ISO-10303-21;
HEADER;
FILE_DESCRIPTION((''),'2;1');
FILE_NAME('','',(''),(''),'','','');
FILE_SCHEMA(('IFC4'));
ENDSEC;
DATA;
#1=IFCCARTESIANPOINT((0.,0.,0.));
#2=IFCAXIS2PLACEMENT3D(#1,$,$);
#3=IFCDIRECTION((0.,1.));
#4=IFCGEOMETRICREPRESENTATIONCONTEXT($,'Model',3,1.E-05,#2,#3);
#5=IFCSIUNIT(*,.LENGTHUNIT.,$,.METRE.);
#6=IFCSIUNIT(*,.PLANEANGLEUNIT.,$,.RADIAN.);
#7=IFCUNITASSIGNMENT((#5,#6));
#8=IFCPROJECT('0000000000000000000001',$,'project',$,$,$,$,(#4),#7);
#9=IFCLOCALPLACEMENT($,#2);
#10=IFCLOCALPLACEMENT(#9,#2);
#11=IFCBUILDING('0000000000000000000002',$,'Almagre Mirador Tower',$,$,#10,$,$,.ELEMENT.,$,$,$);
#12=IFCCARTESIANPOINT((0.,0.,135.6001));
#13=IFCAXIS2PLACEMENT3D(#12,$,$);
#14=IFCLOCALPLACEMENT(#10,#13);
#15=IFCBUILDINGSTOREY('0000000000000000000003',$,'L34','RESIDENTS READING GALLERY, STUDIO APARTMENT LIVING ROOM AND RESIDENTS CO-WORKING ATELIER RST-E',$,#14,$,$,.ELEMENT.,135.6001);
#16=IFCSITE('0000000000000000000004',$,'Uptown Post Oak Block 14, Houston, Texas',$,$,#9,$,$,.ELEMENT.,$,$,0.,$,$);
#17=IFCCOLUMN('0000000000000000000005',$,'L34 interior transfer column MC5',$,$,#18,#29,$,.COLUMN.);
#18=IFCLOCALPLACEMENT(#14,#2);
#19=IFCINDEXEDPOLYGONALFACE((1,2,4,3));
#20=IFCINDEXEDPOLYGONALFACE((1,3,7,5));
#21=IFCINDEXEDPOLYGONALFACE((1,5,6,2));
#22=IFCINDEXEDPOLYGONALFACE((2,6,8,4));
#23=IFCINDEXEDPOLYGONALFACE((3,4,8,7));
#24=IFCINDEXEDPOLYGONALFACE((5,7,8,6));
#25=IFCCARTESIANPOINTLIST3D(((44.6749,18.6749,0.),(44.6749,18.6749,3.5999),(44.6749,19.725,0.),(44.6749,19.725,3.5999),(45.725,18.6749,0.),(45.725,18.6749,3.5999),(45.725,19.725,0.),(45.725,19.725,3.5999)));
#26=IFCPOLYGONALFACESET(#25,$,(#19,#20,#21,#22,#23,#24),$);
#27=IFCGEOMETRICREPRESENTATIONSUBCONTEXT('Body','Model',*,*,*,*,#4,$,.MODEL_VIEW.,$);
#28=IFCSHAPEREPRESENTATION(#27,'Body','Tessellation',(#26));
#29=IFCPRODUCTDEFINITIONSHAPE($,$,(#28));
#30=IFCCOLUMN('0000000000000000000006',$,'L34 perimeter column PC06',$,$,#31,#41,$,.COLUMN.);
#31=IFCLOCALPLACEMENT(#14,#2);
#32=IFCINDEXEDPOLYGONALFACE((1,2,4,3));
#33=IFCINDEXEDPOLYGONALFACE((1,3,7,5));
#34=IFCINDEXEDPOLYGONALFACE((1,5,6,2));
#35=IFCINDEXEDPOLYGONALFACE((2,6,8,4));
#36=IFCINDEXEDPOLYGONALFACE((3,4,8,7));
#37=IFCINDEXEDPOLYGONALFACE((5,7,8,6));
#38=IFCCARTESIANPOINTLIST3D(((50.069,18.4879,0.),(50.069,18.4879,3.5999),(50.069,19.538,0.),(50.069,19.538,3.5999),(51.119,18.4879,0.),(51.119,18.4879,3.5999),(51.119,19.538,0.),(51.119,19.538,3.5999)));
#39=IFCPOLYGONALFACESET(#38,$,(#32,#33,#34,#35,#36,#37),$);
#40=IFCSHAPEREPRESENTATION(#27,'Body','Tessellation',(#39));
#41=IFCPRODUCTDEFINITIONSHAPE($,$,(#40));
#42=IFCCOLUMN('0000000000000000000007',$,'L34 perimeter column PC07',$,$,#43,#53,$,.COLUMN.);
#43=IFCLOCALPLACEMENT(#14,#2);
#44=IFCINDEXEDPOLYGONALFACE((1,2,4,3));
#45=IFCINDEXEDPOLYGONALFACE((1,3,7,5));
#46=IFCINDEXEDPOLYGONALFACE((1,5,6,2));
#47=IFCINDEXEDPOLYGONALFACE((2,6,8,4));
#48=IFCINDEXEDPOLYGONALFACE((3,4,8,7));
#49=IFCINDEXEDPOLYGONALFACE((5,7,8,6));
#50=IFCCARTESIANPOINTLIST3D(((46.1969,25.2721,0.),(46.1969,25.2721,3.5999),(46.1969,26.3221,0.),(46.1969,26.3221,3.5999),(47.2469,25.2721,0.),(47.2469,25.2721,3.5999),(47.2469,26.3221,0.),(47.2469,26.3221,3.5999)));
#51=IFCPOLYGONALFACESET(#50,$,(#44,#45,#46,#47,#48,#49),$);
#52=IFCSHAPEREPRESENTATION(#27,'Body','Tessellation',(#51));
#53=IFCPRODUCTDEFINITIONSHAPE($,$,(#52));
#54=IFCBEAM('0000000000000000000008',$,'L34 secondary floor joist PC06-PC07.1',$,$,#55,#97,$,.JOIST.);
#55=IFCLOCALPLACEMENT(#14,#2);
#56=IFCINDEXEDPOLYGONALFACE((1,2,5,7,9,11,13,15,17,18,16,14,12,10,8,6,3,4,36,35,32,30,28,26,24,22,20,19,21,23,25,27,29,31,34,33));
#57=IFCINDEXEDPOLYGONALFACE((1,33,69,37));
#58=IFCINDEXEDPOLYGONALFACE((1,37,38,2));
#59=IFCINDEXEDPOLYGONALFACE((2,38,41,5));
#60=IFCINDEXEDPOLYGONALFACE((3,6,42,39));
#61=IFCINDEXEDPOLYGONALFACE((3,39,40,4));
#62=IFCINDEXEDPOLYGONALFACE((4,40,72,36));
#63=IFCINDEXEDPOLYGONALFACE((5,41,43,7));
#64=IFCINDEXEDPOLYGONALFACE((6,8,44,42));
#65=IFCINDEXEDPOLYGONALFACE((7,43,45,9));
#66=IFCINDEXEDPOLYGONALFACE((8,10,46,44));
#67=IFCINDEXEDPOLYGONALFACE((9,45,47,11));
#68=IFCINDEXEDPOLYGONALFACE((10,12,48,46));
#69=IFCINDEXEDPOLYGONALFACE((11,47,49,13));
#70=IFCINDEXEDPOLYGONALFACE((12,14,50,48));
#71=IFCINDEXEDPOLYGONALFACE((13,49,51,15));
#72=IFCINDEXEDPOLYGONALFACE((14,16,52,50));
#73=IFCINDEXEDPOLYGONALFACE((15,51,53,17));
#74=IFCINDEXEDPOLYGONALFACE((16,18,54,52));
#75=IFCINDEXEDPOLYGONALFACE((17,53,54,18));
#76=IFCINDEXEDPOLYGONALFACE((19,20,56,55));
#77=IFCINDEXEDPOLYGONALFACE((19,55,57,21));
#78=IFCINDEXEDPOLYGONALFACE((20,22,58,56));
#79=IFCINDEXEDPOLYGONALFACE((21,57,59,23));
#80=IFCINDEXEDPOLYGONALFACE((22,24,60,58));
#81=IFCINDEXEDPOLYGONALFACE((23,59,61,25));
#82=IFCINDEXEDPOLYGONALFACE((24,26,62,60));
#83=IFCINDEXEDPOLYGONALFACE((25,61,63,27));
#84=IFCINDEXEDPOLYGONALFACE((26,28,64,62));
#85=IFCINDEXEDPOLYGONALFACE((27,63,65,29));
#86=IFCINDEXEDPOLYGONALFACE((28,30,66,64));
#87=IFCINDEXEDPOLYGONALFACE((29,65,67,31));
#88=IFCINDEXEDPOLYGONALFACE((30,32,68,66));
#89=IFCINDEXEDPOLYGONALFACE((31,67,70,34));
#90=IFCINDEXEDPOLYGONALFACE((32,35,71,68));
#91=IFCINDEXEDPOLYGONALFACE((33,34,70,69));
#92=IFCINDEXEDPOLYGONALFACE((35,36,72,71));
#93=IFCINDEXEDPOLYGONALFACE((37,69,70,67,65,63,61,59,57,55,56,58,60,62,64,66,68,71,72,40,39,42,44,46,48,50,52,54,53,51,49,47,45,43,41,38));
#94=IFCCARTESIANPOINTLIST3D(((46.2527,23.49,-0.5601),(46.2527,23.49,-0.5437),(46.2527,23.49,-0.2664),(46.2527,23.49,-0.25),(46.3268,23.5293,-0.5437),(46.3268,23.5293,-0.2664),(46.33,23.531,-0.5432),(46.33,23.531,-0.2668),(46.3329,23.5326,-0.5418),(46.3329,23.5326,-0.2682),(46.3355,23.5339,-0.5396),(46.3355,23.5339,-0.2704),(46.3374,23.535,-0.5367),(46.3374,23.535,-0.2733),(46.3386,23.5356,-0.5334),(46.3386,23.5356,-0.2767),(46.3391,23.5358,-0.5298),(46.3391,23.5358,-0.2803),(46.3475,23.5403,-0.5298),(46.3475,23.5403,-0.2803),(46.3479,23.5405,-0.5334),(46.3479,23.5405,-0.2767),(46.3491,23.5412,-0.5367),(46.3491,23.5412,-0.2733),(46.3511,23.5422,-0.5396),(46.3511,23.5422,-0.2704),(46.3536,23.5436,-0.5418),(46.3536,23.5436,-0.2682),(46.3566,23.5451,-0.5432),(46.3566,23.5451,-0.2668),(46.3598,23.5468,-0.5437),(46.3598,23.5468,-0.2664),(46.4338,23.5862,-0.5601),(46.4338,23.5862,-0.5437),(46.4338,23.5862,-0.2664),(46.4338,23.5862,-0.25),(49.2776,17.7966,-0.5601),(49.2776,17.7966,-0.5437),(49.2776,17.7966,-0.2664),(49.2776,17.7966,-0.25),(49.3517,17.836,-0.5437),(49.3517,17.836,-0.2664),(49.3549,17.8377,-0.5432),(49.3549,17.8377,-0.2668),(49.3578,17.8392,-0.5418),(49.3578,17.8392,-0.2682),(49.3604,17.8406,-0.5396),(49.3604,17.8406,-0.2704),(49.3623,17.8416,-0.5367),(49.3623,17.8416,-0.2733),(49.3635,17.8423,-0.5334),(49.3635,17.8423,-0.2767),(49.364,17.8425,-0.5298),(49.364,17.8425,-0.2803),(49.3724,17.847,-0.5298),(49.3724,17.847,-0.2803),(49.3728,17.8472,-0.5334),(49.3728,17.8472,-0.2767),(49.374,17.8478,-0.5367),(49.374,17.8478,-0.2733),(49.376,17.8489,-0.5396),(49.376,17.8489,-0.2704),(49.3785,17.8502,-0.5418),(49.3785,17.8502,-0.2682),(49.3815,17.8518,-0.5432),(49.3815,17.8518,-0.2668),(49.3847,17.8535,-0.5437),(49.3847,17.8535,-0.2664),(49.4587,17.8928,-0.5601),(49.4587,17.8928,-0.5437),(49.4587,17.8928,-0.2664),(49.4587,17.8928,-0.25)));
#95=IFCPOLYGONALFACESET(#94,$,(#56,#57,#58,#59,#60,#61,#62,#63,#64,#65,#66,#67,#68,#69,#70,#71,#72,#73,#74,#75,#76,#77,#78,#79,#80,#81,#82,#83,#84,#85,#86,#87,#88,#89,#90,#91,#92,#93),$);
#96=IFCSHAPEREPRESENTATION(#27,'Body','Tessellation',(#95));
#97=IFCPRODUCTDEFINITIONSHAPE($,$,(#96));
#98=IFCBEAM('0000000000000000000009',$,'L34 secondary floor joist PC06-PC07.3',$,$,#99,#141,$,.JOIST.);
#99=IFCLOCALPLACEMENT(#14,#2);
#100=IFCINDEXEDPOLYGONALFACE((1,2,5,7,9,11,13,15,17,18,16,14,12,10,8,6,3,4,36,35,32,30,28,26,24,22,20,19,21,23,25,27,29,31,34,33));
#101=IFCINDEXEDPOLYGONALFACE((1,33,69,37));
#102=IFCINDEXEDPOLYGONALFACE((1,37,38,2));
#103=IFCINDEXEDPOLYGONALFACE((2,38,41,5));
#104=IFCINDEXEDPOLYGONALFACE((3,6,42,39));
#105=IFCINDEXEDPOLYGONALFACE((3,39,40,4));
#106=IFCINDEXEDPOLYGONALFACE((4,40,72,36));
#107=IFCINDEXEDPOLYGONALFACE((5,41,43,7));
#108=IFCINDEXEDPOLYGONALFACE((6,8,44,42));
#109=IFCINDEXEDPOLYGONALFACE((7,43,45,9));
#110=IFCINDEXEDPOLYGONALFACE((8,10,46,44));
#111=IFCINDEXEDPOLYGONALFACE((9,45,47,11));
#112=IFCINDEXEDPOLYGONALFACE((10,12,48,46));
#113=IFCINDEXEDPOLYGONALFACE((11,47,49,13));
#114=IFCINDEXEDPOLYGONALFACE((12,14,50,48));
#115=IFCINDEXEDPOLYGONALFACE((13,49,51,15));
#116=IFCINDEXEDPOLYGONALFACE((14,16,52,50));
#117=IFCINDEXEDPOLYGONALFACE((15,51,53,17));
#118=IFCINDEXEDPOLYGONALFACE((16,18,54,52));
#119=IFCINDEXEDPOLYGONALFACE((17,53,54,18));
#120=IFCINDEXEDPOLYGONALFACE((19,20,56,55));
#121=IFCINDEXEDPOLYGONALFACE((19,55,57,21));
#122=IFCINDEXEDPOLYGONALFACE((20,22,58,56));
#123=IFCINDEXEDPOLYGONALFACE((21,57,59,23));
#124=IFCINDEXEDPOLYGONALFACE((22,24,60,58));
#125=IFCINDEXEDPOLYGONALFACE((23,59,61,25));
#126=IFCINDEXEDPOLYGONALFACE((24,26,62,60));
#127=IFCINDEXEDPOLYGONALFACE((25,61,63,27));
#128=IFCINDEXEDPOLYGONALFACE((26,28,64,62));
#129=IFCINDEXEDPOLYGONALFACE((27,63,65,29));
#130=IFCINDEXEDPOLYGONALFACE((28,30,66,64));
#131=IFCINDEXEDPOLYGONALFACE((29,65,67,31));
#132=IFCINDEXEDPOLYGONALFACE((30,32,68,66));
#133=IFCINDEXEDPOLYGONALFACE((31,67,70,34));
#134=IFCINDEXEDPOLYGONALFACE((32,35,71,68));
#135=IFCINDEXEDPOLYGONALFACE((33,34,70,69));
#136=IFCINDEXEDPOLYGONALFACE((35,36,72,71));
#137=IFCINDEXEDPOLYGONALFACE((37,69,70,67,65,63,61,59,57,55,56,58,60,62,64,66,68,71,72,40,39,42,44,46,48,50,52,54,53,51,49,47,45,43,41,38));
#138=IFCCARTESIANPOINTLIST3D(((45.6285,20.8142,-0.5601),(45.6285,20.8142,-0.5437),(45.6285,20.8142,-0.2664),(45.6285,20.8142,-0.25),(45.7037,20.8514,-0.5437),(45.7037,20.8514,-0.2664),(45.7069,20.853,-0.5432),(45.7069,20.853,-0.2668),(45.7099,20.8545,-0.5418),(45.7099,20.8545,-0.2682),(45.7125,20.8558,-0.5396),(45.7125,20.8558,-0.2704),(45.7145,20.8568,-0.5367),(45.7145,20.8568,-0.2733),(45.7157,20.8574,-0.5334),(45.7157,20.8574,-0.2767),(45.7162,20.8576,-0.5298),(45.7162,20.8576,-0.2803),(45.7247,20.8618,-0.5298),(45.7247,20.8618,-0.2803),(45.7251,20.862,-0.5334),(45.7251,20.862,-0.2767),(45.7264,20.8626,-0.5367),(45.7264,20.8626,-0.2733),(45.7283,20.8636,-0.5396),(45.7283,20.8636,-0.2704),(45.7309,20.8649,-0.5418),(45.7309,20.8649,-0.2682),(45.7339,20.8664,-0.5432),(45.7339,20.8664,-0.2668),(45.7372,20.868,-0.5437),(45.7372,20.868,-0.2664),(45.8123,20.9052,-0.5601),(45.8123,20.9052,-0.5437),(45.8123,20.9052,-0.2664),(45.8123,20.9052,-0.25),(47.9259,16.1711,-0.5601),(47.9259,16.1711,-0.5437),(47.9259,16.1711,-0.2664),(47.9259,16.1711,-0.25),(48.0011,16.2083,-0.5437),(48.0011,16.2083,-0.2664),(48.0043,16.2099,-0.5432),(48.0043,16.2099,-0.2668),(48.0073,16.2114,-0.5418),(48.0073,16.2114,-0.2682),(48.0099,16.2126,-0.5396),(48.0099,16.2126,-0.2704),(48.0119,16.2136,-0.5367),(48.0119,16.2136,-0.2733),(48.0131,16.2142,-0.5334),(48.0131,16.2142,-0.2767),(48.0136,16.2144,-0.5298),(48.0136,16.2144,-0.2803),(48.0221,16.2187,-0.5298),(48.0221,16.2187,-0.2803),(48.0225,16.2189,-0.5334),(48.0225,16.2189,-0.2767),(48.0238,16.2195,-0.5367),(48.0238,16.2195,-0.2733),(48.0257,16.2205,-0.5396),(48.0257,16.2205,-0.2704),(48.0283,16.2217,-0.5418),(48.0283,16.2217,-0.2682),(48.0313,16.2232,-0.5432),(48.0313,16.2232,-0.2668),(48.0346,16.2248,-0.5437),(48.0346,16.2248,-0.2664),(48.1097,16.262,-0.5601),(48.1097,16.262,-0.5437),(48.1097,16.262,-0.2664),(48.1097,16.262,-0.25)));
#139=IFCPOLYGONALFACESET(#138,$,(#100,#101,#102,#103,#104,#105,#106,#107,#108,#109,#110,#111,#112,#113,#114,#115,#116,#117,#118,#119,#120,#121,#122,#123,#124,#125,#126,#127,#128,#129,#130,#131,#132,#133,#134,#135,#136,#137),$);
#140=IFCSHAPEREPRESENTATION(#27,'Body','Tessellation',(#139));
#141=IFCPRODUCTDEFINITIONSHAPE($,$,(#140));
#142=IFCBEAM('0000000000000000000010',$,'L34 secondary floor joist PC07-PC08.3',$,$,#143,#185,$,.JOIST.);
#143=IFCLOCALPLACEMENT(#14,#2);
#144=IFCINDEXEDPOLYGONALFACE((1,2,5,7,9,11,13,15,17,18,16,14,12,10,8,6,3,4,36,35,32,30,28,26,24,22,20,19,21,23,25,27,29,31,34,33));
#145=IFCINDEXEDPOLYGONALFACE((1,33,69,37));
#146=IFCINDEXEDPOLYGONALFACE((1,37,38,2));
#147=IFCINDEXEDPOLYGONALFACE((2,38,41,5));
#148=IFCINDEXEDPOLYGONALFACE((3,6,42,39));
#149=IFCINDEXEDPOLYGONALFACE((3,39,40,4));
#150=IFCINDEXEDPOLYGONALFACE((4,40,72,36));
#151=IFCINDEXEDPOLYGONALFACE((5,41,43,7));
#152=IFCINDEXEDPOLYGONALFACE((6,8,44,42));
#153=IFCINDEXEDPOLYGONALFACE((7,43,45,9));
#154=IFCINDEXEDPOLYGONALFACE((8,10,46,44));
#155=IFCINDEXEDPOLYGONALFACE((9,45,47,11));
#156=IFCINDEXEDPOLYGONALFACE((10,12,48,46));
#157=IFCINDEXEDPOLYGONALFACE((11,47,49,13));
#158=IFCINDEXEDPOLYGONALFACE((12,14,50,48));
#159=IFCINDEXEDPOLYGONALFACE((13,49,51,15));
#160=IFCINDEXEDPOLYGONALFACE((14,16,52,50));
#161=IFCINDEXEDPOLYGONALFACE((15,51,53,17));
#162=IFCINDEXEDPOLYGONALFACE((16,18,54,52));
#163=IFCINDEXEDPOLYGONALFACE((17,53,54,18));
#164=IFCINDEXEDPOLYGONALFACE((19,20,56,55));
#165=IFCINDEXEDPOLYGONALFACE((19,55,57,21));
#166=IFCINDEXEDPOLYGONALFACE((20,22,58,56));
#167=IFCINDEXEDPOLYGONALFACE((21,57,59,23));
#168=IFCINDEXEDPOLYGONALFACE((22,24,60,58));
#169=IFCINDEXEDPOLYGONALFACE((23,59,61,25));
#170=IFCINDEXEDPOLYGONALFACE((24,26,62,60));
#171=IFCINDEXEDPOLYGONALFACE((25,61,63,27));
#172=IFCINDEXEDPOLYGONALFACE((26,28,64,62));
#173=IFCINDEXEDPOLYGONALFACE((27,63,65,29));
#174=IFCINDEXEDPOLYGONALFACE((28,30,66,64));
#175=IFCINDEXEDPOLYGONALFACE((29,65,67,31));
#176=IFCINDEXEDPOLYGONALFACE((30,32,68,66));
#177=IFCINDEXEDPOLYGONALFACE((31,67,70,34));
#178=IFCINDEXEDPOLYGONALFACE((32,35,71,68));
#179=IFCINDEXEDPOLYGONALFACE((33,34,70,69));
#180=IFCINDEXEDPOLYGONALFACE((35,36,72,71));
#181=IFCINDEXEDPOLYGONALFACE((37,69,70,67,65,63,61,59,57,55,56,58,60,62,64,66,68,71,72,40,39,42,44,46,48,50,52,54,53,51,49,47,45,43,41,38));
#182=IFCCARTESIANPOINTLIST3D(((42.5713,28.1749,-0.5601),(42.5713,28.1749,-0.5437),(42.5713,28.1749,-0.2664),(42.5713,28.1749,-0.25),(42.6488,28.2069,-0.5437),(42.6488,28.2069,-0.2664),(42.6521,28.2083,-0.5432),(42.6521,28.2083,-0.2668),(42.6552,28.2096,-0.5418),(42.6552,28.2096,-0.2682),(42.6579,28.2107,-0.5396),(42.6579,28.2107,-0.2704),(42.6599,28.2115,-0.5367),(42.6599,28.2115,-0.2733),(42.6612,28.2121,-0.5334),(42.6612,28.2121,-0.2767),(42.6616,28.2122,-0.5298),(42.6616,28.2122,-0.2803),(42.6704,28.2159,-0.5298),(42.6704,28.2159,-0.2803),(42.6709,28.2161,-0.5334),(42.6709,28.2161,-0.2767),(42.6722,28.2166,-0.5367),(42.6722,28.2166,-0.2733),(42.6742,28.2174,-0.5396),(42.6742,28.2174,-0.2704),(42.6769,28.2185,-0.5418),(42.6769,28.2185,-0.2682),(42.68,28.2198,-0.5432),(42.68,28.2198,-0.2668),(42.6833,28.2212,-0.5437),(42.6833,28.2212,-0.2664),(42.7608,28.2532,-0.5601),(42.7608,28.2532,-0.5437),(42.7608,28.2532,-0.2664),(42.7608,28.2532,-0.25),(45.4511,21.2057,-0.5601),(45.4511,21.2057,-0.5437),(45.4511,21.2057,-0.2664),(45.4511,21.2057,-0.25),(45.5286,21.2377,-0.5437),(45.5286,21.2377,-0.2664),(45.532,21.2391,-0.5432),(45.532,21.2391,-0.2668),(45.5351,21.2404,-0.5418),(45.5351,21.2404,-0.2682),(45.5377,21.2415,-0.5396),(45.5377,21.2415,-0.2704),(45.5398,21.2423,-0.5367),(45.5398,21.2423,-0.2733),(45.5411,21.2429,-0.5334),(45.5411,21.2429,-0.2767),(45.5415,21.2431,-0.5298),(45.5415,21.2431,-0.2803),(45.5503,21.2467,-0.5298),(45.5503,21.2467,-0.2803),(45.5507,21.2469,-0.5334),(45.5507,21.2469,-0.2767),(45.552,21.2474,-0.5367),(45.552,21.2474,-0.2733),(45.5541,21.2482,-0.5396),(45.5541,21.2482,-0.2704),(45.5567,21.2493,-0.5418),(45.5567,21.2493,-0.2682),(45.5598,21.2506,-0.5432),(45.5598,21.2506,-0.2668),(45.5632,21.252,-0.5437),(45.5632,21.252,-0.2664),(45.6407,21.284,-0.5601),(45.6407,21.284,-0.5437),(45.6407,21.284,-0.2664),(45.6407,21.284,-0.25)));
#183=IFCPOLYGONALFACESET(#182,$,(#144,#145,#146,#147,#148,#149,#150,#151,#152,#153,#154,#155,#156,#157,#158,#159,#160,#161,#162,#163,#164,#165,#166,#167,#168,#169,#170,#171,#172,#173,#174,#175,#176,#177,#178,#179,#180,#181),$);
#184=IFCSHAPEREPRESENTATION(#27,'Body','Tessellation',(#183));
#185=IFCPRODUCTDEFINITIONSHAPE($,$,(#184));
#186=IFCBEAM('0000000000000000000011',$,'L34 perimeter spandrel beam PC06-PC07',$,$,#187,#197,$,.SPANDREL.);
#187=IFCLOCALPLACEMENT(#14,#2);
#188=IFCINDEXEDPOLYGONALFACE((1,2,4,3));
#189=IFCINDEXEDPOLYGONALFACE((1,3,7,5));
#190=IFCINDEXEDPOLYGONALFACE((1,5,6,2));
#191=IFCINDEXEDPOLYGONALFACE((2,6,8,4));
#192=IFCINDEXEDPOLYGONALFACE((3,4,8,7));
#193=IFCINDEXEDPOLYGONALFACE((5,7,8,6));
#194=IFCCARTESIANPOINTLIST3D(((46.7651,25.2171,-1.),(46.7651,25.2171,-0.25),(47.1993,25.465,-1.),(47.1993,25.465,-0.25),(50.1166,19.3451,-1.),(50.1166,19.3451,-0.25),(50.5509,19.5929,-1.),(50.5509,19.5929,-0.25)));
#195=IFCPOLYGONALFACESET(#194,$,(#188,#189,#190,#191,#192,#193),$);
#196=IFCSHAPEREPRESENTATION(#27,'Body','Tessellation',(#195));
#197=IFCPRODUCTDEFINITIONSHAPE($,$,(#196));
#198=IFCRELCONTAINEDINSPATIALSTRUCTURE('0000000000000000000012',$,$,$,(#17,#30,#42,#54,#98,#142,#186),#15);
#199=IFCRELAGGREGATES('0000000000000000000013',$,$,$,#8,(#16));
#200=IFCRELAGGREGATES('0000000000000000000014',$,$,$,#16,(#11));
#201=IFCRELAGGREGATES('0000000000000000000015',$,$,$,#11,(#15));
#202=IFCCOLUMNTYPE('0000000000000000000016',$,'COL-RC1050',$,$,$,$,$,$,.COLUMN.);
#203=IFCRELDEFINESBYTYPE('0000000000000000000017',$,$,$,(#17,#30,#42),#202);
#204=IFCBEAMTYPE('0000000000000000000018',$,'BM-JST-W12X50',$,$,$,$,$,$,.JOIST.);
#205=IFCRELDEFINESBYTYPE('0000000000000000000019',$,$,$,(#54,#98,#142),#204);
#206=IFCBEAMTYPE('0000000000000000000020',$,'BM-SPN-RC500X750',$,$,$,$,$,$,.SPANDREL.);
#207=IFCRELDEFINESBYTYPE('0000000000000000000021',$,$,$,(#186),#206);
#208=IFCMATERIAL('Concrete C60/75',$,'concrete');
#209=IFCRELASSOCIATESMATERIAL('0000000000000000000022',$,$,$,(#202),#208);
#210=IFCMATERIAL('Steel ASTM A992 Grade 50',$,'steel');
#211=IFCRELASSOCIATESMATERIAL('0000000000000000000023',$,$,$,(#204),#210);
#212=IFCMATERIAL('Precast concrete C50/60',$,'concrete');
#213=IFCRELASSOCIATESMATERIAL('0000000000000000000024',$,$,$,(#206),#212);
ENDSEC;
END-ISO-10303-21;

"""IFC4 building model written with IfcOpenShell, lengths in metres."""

from ifc_helpers import new_model, si_unit, direction, frame, origin, origin_2d, place, context, subcontext, project, spatial, rectangle, i_section, extrude, material, material_profile, profile_set, type_object, element, save


model = new_model("IFC4")

# Units and contexts
model_context = context("Model", 3, precision=1e-05, world=origin(), true_north=direction((0.0, 1.0)))
body_context = subcontext(model_context, "Body", "Model", "MODEL_VIEW")
ifc_project = project(units=[si_unit("LENGTHUNIT", "METRE"), si_unit("PLANEANGLEUNIT", "RADIAN")], contexts=[model_context])

# Site, building, storey
site_placement = place(None, origin())
site = spatial("IfcSite", under=ifc_project, at=site_placement, Name="Uptown Post Oak Block 14, Houston, Texas", CompositionType="ELEMENT", RefElevation=0.0)
building_placement = place(site_placement, origin())
building = spatial("IfcBuilding", under=site, at=building_placement, Name="Almagre Mirador Tower", CompositionType="ELEMENT")
storey_placement = place(building_placement, frame((0.0, 0.0, 135.6001)))
storey = spatial("IfcBuildingStorey", under=building, at=storey_placement, Name="L34", Description="RESIDENTS READING GALLERY, STUDIO APARTMENT LIVING ROOM AND RESIDENTS CO-WORKING ATELIER RST-E", CompositionType="ELEMENT", Elevation=135.6001)

# Columns
ifc_material_1 = material(Name="Concrete C60/75", Category="concrete")
ifc_material_profile_1 = material_profile(ifc_material_1, rectangle(XDim=1.05, YDim=1.05, at=origin_2d()), Name="RC1050X1050")
ifc_profile_set_1 = profile_set([ifc_material_profile_1], Name="Concrete C60/75")
column_type = type_object("IfcColumnType", Name="COL-RC1050", PredefinedType="COLUMN", material=ifc_profile_set_1)
for number, where, z_axis, x_axis, name in (
    (1, (45.2, 19.2, 0.0), (0.0, 0.0, 1.0), (1.0, 0.0, 0.0), "L34 interior transfer column MC5"),
    (2, (50.594, 19.0129, 0.0), (0.0, 0.0, 1.0), (1.0, 0.0, 0.0), "L34 perimeter column PC06"),
    (3, (46.7219, 25.7971, 0.0), (0.0, 0.0, 1.0), (1.0, 0.0, 0.0), "L34 perimeter column PC07"),
):
    element("IfcColumn", number, at=place(storey_placement, frame(where, z_axis=z_axis, x_axis=x_axis)), inside=storey, type_object=column_type, Name=name, PredefinedType="COLUMN", context=body_context, shape_type="SweptSolid", body=[
        extrude(rectangle(XDim=1.05, YDim=1.05, at=origin_2d()), origin(), (0.0, 0.0, 1.0), 3.5999),
    ])

# Beams
ifc_material_2 = material(Name="Steel ASTM A992 Grade 50", Category="steel")
ifc_material_profile_2 = material_profile(ifc_material_2, i_section(OverallWidth=0.2051, OverallDepth=0.3101, WebThickness=0.0095, FlangeThickness=0.0164, FilletRadius=0.0139, at=origin_2d()), Name="W12X50")
ifc_profile_set_2 = profile_set([ifc_material_profile_2], Name="Steel ASTM A992 Grade 50")
beam_type_1 = type_object("IfcBeamType", Name="BM-JST-W12X50", PredefinedType="JOIST", material=ifc_profile_set_2)
beam_1_placement = place(storey_placement, frame((49.3682, 17.8447, -0.405), z_axis=(-0.469192, 0.883096, 0.0), x_axis=(-0.883096, -0.469192, 0.0)))
element("IfcBeam", 4, at=beam_1_placement, inside=storey, type_object=beam_type_1, Name="L34 secondary floor joist PC06-PC07.1", PredefinedType="JOIST", context=body_context, shape_type="SweptSolid", body=[
    extrude(i_section(OverallWidth=0.2051, OverallDepth=0.3101, WebThickness=0.0095, FlangeThickness=0.0164, FilletRadius=0.0139, at=origin_2d()), origin(), (0.0, 0.0, 1.0), 6.447),
])
beam_2_placement = place(storey_placement, frame((48.0178, 16.2166, -0.405), z_axis=(-0.443477, 0.896286, 0.0), x_axis=(-0.896286, -0.443477, 0.0)))
element("IfcBeam", 5, at=beam_2_placement, inside=storey, type_object=beam_type_1, Name="L34 secondary floor joist PC06-PC07.3", PredefinedType="JOIST", context=body_context, shape_type="SweptSolid", body=[
    extrude(i_section(OverallWidth=0.2051, OverallDepth=0.3101, WebThickness=0.0095, FlangeThickness=0.0164, FilletRadius=0.0139, at=origin_2d()), origin(), (0.0, 0.0, 1.0), 5.1804),
])
beam_3_placement = place(storey_placement, frame((45.5459, 21.2449, -0.405), z_axis=(-0.381906, 0.924201, 0.0), x_axis=(-0.924201, -0.381906, 0.0)))
element("IfcBeam", 6, at=beam_3_placement, inside=storey, type_object=beam_type_1, Name="L34 secondary floor joist PC07-PC08.3", PredefinedType="JOIST", context=body_context, shape_type="SweptSolid", body=[
    extrude(i_section(OverallWidth=0.2051, OverallDepth=0.3101, WebThickness=0.0095, FlangeThickness=0.0164, FilletRadius=0.0139, at=origin_2d()), origin(), (0.0, 0.0, 1.0), 7.5408),
])
ifc_material_3 = material(Name="Precast concrete C50/60", Category="concrete")
ifc_material_profile_3 = material_profile(ifc_material_3, rectangle(XDim=0.5, YDim=0.75, at=origin_2d()), Name="RC500X750")
ifc_profile_set_3 = profile_set([ifc_material_profile_3], Name="Precast concrete C50/60")
beam_type_2 = type_object("IfcBeamType", Name="BM-SPN-RC500X750", PredefinedType="SPANDREL", material=ifc_profile_set_3)
beam_4_placement = place(storey_placement, frame((50.3337, 19.469, -0.625), z_axis=(-0.495703, 0.868492, 0.0), x_axis=(-0.868492, -0.495703, 0.0)))
element("IfcBeam", 7, at=beam_4_placement, inside=storey, type_object=beam_type_2, Name="L34 perimeter spandrel beam PC06-PC07", PredefinedType="SPANDREL", context=body_context, shape_type="SweptSolid", body=[
    extrude(rectangle(XDim=0.5, YDim=0.75, at=origin_2d()), origin(), (0.0, 0.0, 1.0), 6.7612),
])

save(model, "model.ifc")
